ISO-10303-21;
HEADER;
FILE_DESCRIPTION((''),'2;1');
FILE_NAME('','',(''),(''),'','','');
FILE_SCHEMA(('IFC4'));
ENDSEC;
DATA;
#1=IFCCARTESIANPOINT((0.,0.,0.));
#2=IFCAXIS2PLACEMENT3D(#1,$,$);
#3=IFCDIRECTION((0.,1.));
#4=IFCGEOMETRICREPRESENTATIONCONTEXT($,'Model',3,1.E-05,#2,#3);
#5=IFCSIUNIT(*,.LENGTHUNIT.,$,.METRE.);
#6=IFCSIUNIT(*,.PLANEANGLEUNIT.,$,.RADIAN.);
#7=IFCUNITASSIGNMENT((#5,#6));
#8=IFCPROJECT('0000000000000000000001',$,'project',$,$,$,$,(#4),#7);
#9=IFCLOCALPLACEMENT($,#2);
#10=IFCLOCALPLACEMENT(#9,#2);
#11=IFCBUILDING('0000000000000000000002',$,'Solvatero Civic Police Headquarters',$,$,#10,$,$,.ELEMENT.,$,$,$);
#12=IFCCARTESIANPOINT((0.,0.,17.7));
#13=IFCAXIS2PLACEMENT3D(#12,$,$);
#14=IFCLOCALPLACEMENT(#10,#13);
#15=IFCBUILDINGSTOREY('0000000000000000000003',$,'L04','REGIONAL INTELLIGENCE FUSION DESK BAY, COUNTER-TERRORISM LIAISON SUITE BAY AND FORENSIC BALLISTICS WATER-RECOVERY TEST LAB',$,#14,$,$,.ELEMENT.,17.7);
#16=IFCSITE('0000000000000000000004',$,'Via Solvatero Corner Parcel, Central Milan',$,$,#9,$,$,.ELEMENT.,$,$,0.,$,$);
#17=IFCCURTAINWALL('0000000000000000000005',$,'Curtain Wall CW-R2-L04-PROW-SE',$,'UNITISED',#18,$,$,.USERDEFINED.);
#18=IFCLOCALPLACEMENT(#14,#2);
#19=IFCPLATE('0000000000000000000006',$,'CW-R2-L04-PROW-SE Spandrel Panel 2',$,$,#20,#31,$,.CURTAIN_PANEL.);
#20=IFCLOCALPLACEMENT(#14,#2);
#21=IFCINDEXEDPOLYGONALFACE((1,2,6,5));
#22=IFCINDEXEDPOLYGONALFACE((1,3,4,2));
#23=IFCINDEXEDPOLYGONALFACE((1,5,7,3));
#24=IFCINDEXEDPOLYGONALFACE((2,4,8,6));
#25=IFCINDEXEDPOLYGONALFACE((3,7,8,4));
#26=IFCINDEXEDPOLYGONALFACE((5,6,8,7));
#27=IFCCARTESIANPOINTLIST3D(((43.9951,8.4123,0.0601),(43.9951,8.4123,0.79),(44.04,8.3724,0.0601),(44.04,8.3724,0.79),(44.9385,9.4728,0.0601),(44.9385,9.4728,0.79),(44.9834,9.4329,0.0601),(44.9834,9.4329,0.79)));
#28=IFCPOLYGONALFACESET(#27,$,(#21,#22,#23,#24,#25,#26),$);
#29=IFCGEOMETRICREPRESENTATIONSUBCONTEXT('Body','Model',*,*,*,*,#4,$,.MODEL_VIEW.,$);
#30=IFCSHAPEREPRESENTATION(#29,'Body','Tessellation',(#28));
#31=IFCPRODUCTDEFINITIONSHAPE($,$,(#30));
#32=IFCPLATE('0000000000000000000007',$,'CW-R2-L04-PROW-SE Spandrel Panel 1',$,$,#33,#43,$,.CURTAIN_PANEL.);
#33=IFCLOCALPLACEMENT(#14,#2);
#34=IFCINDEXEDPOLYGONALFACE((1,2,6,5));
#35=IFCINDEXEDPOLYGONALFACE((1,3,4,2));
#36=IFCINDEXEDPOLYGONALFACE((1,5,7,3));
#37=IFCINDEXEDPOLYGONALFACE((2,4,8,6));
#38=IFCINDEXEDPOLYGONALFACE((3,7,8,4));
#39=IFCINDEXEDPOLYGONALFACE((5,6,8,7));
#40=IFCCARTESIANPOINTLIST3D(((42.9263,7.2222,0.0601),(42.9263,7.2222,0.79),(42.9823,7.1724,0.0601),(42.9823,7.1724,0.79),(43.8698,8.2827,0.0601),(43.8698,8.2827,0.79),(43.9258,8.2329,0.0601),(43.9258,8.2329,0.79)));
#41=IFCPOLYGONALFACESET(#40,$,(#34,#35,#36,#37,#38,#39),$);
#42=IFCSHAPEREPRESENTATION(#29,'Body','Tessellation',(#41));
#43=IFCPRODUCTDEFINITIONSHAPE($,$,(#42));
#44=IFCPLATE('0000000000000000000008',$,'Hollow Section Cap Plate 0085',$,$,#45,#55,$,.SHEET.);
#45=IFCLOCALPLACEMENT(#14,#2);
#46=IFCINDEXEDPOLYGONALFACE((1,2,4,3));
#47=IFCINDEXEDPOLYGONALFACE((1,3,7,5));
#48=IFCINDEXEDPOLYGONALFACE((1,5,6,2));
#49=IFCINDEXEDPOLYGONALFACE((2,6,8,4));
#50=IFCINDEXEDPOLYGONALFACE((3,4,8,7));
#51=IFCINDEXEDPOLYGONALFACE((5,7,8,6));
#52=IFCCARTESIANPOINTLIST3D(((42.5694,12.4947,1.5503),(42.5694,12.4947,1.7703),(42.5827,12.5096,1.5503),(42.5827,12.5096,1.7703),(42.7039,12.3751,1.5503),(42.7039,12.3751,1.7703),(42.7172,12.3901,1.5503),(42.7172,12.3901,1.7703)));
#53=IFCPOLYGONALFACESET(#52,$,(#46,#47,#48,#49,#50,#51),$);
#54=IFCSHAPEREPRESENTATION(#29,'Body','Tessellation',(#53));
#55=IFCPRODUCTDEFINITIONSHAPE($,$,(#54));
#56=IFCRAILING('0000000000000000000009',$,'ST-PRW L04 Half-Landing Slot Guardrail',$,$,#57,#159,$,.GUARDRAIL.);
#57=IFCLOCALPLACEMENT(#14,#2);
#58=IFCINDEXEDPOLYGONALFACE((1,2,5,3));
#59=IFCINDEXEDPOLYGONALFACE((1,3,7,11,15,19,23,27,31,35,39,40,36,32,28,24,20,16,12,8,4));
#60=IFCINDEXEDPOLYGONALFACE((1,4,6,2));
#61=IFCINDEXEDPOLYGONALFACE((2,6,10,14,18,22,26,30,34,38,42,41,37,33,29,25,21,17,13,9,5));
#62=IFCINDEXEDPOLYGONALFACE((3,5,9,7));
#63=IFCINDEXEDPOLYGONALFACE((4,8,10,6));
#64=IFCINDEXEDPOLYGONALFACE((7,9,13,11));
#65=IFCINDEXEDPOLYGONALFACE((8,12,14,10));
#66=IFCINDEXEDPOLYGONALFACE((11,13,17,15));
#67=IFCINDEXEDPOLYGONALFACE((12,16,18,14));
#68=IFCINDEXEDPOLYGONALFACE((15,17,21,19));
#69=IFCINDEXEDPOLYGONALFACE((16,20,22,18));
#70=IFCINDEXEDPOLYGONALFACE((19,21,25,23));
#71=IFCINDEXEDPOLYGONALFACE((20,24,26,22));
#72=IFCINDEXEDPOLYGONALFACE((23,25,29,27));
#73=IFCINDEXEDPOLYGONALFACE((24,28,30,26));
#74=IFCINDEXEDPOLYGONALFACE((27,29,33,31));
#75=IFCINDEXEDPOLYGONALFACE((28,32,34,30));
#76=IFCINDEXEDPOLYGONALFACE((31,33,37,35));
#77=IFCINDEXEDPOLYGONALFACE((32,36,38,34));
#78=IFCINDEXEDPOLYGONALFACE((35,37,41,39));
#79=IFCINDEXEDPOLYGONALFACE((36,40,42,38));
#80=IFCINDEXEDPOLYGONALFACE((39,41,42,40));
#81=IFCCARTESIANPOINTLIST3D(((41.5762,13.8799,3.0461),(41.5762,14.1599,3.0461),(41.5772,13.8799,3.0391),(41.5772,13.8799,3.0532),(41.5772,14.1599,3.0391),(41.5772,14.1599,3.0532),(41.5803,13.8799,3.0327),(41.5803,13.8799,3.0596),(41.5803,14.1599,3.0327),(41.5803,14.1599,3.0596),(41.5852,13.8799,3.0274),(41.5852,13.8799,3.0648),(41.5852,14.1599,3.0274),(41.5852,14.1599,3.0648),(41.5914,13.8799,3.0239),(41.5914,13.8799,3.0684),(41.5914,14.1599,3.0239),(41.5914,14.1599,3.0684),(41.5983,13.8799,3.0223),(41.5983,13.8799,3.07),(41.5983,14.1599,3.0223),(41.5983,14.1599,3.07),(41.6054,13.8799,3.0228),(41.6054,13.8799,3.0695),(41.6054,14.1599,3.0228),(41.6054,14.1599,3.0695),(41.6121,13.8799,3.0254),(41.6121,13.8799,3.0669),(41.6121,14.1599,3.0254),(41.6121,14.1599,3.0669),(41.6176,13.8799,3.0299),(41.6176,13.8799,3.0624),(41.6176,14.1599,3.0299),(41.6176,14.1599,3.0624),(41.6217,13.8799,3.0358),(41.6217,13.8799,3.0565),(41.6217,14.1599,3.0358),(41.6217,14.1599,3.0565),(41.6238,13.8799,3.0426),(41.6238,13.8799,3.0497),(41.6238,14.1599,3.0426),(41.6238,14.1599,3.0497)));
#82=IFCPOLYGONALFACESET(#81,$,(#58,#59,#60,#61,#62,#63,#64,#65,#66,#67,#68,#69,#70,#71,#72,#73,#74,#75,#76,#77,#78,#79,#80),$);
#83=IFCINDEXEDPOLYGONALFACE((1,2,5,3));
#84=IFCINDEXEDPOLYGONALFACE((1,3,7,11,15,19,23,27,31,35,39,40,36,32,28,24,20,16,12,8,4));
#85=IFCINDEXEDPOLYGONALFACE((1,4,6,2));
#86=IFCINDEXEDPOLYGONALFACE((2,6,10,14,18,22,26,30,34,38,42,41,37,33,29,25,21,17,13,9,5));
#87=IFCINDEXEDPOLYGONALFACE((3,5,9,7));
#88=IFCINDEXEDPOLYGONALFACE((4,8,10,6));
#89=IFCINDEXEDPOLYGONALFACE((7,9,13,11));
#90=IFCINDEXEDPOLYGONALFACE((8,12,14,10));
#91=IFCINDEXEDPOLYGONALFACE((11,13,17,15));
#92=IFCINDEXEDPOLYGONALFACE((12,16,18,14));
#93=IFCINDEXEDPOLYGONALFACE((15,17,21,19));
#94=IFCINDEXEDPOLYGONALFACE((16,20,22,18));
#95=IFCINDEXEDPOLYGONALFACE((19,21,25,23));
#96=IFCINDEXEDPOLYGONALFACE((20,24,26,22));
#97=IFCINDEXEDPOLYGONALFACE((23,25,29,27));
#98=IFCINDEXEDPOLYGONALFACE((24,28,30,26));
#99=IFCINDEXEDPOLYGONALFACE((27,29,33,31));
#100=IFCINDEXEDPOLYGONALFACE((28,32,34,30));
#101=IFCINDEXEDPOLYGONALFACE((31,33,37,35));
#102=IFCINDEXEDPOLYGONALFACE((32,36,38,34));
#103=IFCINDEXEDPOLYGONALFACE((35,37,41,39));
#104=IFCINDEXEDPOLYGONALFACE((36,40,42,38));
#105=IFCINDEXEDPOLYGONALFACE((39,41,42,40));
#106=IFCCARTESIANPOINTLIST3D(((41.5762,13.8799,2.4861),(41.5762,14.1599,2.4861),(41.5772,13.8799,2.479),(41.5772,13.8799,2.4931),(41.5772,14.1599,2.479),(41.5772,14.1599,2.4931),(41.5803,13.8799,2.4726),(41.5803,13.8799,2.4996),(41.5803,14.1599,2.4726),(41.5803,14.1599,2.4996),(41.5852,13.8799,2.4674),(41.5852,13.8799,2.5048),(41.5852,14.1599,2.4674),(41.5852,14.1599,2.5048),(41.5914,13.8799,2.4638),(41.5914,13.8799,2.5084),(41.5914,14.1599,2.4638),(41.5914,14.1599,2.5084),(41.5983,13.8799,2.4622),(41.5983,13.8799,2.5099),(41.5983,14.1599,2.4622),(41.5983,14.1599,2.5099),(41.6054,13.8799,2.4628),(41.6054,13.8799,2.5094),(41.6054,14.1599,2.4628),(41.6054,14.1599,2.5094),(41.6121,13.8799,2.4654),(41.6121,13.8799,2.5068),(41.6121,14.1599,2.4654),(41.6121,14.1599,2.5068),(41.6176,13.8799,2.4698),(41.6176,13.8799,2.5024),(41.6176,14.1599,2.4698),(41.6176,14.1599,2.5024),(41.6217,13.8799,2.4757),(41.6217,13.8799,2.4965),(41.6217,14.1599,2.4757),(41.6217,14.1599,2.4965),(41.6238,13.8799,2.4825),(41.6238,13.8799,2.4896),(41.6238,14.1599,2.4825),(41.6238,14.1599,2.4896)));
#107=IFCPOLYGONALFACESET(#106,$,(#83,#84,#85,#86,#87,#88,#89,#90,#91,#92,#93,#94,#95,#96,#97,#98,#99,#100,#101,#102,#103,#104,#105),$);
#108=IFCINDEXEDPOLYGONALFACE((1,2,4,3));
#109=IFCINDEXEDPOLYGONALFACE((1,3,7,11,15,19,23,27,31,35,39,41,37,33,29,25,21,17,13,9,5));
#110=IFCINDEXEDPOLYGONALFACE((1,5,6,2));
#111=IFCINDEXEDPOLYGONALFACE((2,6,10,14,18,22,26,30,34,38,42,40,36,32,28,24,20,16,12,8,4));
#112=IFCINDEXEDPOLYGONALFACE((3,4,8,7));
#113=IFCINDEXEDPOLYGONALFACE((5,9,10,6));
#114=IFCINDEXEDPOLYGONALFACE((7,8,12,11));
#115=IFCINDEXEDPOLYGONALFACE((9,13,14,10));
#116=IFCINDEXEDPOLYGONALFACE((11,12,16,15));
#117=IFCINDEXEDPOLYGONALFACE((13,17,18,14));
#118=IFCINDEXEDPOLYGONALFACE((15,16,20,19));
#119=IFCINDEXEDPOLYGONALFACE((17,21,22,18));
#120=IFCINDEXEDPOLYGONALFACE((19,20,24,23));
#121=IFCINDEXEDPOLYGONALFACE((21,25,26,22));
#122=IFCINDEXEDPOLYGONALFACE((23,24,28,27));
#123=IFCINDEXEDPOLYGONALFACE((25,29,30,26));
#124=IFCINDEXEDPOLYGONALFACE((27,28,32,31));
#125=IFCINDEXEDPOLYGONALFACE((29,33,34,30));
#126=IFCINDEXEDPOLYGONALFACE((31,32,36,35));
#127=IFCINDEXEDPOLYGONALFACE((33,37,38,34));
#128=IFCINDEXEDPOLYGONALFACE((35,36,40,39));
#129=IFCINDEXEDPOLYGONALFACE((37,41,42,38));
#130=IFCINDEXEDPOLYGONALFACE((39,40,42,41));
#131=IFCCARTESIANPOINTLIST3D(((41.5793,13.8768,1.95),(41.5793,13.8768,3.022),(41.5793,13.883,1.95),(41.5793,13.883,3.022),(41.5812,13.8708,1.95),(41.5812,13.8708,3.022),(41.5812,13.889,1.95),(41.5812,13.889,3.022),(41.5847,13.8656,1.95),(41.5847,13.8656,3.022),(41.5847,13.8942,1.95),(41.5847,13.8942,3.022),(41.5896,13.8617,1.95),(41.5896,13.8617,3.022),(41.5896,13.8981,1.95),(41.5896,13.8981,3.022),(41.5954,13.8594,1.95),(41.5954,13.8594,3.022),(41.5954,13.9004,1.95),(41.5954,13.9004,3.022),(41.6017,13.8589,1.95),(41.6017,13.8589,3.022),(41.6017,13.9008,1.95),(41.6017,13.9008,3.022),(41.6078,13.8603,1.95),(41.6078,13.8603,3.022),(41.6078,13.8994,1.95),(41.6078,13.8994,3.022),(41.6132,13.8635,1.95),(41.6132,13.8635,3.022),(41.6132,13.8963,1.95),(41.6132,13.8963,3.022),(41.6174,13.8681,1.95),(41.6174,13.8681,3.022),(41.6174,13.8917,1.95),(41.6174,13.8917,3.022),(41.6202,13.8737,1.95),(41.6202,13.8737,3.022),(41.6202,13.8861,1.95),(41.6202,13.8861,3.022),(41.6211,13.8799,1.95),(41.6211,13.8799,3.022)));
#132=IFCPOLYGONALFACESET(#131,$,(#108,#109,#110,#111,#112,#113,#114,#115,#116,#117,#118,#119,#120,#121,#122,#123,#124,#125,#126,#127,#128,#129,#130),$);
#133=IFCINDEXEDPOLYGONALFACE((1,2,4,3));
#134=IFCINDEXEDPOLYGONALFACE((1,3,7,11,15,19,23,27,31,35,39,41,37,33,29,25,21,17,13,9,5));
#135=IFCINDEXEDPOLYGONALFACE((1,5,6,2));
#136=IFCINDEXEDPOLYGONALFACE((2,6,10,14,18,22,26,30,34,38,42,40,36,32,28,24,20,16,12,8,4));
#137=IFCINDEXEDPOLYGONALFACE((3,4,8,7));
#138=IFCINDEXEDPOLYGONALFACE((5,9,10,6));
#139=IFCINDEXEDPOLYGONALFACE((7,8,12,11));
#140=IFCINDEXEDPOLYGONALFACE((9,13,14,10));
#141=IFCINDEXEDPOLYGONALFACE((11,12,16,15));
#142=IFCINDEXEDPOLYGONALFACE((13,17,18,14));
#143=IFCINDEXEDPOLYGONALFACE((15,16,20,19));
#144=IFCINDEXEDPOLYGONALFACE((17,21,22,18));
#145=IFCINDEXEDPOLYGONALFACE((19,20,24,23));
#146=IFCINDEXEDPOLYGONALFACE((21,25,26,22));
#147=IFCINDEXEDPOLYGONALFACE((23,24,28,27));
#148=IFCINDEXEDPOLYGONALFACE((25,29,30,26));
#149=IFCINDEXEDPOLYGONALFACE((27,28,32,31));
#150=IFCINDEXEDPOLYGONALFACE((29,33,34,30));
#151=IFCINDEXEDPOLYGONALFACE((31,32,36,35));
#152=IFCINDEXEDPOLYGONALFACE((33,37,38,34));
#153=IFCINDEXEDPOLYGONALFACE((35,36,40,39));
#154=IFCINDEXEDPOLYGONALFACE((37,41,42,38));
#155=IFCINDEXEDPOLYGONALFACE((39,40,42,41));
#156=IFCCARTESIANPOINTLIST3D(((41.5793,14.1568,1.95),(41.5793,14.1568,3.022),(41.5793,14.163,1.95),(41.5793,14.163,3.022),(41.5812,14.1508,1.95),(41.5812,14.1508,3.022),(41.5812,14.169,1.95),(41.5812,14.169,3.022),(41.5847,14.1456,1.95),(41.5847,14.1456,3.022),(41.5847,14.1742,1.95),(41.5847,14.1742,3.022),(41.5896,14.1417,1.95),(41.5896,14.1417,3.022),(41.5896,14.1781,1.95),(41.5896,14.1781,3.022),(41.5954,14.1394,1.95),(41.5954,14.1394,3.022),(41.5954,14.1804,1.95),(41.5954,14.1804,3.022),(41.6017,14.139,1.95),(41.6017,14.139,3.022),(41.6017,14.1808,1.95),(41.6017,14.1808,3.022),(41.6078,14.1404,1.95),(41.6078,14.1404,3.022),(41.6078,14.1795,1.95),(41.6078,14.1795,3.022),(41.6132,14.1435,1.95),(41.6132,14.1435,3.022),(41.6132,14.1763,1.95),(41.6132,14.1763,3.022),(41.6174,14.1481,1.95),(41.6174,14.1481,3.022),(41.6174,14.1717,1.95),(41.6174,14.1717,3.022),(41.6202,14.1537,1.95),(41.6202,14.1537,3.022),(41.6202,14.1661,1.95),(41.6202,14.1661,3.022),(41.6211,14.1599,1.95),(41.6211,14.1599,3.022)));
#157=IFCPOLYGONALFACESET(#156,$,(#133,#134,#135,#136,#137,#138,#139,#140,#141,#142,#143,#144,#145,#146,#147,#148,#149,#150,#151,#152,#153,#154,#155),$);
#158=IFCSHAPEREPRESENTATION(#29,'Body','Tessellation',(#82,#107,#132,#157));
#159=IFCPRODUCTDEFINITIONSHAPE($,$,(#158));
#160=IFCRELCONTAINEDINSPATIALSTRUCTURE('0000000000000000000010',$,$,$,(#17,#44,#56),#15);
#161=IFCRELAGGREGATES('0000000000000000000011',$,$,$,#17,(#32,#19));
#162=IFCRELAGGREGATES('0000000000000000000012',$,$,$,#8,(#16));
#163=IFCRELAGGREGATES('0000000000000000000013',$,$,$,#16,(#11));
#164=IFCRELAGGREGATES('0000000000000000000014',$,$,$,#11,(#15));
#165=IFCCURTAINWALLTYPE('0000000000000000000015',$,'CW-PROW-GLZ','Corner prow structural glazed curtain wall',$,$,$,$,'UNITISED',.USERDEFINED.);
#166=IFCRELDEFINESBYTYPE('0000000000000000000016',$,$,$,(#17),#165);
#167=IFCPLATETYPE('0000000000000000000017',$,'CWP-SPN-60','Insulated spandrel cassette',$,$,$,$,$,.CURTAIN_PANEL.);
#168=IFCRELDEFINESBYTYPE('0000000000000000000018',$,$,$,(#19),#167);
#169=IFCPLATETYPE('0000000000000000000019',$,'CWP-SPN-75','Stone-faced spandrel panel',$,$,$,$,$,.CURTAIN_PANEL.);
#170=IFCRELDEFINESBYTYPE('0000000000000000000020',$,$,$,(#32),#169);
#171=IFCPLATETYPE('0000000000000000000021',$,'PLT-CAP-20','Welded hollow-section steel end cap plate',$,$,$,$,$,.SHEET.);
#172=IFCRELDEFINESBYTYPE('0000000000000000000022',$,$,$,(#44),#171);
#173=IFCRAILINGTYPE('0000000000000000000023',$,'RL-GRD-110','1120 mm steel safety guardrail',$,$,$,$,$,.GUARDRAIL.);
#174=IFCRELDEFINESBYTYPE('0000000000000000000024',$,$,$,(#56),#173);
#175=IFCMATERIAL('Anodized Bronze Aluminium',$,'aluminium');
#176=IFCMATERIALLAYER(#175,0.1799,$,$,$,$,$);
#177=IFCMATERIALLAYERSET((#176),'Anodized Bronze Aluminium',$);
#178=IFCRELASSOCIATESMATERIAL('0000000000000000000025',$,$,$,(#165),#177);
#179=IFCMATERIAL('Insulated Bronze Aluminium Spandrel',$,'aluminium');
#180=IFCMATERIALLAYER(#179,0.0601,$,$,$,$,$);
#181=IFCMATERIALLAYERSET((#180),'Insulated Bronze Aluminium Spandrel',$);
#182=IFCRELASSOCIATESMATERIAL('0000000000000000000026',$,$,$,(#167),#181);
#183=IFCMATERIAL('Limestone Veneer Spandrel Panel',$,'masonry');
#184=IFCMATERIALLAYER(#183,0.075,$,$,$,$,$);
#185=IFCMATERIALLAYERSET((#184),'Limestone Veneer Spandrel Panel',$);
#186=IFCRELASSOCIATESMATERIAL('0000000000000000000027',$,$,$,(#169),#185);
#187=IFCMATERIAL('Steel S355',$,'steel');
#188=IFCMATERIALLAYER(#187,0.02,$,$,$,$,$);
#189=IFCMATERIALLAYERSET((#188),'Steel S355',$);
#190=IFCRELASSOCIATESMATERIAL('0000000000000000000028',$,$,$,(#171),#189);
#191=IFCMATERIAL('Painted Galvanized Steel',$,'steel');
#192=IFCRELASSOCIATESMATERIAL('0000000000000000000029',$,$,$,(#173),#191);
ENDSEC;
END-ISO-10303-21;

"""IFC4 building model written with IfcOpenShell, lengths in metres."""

from ifc_helpers import new_model, si_unit, direction, frame, origin, origin_2d, place, context, subcontext, project, spatial, rectangle, circle, extrude, material, layer, layer_set, type_object, element, aggregate, save


model = new_model("IFC4")

# Units and contexts
model_context = context("Model", 3, precision=1e-05, world=origin(), true_north=direction((0.0, 1.0)))
body_context = subcontext(model_context, "Body", "Model", "MODEL_VIEW")
ifc_project = project(units=[si_unit("LENGTHUNIT", "METRE"), si_unit("PLANEANGLEUNIT", "RADIAN")], contexts=[model_context])

# Site, building, storey
site_placement = place(None, origin())
site = spatial("IfcSite", under=ifc_project, at=site_placement, Name="Via Solvatero Corner Parcel, Central Milan", CompositionType="ELEMENT", RefElevation=0.0)
building_placement = place(site_placement, origin())
building = spatial("IfcBuilding", under=site, at=building_placement, Name="Solvatero Civic Police Headquarters", CompositionType="ELEMENT")
storey_placement = place(building_placement, frame((0.0, 0.0, 17.7)))
storey = spatial("IfcBuildingStorey", under=building, at=storey_placement, Name="L04", Description="REGIONAL INTELLIGENCE FUSION DESK BAY, COUNTER-TERRORISM LIAISON SUITE BAY AND FORENSIC BALLISTICS WATER-RECOVERY TEST LAB", CompositionType="ELEMENT", Elevation=17.7)

# Shared definitions
ifc_material_1 = material(Name="Steel S355", Category="steel")

# Curtain wall
ifc_material_2 = material(Name="Anodized Bronze Aluminium", Category="aluminium")
ifc_layer_1 = layer(ifc_material_2, 0.1799)
ifc_layer_set_1 = layer_set([ifc_layer_1], Name="Anodized Bronze Aluminium")
curtain_wall_type = type_object("IfcCurtainWallType", Name="CW-PROW-GLZ", Description="Corner prow structural glazed curtain wall", ElementType="UNITISED", PredefinedType="USERDEFINED", material=ifc_layer_set_1)
curtain_wall_1_placement = place(storey_placement, origin())
curtain_wall_1 = element("IfcCurtainWall", 1, at=curtain_wall_1_placement, inside=storey, type_object=curtain_wall_type, Name="Curtain Wall CW-R2-L04-PROW-SE", ObjectType="UNITISED", PredefinedType="USERDEFINED")

# Plates
ifc_material_3 = material(Name="Insulated Bronze Aluminium Spandrel", Category="aluminium")
ifc_layer_2 = layer(ifc_material_3, 0.0601)
ifc_layer_set_2 = layer_set([ifc_layer_2], Name="Insulated Bronze Aluminium Spandrel")
plate_type_1 = type_object("IfcPlateType", Name="CWP-SPN-60", Description="Insulated spandrel cassette", PredefinedType="CURTAIN_PANEL", material=ifc_layer_set_2)
plate_1_placement = place(storey_placement, frame((44.4893, 8.9226, 0.0601), z_axis=(0.0, 0.0, 1.0), x_axis=(0.66467, 0.747137, 0.0)))
plate_1 = element("IfcPlate", 2, at=plate_1_placement, type_object=plate_type_1, Name="CW-R2-L04-PROW-SE Spandrel Panel 2", PredefinedType="CURTAIN_PANEL", context=body_context, shape_type="SweptSolid", body=[
    extrude(rectangle(XDim=1.4194, YDim=0.0601, at=origin_2d()), origin(), (0.0, 0.0, 1.0), 0.73),
])
ifc_material_4 = material(Name="Limestone Veneer Spandrel Panel", Category="masonry")
ifc_layer_3 = layer(ifc_material_4, 0.075)
ifc_layer_set_3 = layer_set([ifc_layer_3], Name="Limestone Veneer Spandrel Panel")
plate_type_2 = type_object("IfcPlateType", Name="CWP-SPN-75", Description="Stone-faced spandrel panel", PredefinedType="CURTAIN_PANEL", material=ifc_layer_set_3)
plate_2_placement = place(storey_placement, frame((43.426, 7.7275, 0.0601), z_axis=(0.0, 0.0, 1.0), x_axis=(0.66467, 0.747137, 0.0)))
plate_2 = element("IfcPlate", 3, at=plate_2_placement, type_object=plate_type_2, Name="CW-R2-L04-PROW-SE Spandrel Panel 1", PredefinedType="CURTAIN_PANEL", context=body_context, shape_type="SweptSolid", body=[
    extrude(rectangle(XDim=1.4194, YDim=0.075, at=origin_2d()), origin(), (0.0, 0.0, 1.0), 0.73),
])
aggregate(curtain_wall_1, [plate_2, plate_1])
ifc_layer_4 = layer(ifc_material_1, 0.02)
ifc_layer_set_4 = layer_set([ifc_layer_4], Name="Steel S355")
plate_type_3 = type_object("IfcPlateType", Name="PLT-CAP-20", Description="Welded hollow-section steel end cap plate", PredefinedType="SHEET", material=ifc_layer_set_4)
plate_3_placement = place(storey_placement, frame((42.6433, 12.4424, 1.5503), z_axis=(0.0, 0.0, 1.0), x_axis=(0.66437, 0.747404, 0.0)))
element("IfcPlate", 4, at=plate_3_placement, inside=storey, type_object=plate_type_3, Name="Hollow Section Cap Plate 0085", PredefinedType="SHEET", context=body_context, shape_type="SweptSolid", body=[
    extrude(rectangle(XDim=0.02, YDim=0.1799, at=origin_2d()), origin(), (0.0, 0.0, 1.0), 0.22),
])

# Railing
ifc_material_5 = material(Name="Painted Galvanized Steel", Category="steel")
railing_type_1 = type_object("IfcRailingType", Name="RL-GRD-110", Description="1120 mm steel safety guardrail", PredefinedType="GUARDRAIL", material=ifc_material_5)
railing_1_placement = place(storey_placement, frame((41.6001, 13.8799, 1.95)))
element("IfcRailing", 5, at=railing_1_placement, inside=storey, type_object=railing_type_1, Name="ST-PRW L04 Half-Landing Slot Guardrail", PredefinedType="GUARDRAIL", context=body_context, shape_type="SweptSolid", body=[
    extrude(circle(Radius=0.0239, at=origin_2d()), frame((0.0, 0.0, 1.0962), z_axis=(0.0, 1.0, 0.0), x_axis=(-1.0, 0.0, 0.0)), (0.0, 0.0, 1.0), 0.28),
    extrude(circle(Radius=0.0239, at=origin_2d()), frame((0.0, 0.0, 0.5361), z_axis=(0.0, 1.0, 0.0), x_axis=(-1.0, 0.0, 0.0)), (0.0, 0.0, 1.0), 0.28),
    extrude(circle(Radius=0.021, at=origin_2d()), origin(), (0.0, 0.0, 1.0), 1.072),
    extrude(circle(Radius=0.021, at=origin_2d()), frame((0.0, 0.28, 0.0)), (0.0, 0.0, 1.0), 1.072),
])

save(model, "model.ifc")
